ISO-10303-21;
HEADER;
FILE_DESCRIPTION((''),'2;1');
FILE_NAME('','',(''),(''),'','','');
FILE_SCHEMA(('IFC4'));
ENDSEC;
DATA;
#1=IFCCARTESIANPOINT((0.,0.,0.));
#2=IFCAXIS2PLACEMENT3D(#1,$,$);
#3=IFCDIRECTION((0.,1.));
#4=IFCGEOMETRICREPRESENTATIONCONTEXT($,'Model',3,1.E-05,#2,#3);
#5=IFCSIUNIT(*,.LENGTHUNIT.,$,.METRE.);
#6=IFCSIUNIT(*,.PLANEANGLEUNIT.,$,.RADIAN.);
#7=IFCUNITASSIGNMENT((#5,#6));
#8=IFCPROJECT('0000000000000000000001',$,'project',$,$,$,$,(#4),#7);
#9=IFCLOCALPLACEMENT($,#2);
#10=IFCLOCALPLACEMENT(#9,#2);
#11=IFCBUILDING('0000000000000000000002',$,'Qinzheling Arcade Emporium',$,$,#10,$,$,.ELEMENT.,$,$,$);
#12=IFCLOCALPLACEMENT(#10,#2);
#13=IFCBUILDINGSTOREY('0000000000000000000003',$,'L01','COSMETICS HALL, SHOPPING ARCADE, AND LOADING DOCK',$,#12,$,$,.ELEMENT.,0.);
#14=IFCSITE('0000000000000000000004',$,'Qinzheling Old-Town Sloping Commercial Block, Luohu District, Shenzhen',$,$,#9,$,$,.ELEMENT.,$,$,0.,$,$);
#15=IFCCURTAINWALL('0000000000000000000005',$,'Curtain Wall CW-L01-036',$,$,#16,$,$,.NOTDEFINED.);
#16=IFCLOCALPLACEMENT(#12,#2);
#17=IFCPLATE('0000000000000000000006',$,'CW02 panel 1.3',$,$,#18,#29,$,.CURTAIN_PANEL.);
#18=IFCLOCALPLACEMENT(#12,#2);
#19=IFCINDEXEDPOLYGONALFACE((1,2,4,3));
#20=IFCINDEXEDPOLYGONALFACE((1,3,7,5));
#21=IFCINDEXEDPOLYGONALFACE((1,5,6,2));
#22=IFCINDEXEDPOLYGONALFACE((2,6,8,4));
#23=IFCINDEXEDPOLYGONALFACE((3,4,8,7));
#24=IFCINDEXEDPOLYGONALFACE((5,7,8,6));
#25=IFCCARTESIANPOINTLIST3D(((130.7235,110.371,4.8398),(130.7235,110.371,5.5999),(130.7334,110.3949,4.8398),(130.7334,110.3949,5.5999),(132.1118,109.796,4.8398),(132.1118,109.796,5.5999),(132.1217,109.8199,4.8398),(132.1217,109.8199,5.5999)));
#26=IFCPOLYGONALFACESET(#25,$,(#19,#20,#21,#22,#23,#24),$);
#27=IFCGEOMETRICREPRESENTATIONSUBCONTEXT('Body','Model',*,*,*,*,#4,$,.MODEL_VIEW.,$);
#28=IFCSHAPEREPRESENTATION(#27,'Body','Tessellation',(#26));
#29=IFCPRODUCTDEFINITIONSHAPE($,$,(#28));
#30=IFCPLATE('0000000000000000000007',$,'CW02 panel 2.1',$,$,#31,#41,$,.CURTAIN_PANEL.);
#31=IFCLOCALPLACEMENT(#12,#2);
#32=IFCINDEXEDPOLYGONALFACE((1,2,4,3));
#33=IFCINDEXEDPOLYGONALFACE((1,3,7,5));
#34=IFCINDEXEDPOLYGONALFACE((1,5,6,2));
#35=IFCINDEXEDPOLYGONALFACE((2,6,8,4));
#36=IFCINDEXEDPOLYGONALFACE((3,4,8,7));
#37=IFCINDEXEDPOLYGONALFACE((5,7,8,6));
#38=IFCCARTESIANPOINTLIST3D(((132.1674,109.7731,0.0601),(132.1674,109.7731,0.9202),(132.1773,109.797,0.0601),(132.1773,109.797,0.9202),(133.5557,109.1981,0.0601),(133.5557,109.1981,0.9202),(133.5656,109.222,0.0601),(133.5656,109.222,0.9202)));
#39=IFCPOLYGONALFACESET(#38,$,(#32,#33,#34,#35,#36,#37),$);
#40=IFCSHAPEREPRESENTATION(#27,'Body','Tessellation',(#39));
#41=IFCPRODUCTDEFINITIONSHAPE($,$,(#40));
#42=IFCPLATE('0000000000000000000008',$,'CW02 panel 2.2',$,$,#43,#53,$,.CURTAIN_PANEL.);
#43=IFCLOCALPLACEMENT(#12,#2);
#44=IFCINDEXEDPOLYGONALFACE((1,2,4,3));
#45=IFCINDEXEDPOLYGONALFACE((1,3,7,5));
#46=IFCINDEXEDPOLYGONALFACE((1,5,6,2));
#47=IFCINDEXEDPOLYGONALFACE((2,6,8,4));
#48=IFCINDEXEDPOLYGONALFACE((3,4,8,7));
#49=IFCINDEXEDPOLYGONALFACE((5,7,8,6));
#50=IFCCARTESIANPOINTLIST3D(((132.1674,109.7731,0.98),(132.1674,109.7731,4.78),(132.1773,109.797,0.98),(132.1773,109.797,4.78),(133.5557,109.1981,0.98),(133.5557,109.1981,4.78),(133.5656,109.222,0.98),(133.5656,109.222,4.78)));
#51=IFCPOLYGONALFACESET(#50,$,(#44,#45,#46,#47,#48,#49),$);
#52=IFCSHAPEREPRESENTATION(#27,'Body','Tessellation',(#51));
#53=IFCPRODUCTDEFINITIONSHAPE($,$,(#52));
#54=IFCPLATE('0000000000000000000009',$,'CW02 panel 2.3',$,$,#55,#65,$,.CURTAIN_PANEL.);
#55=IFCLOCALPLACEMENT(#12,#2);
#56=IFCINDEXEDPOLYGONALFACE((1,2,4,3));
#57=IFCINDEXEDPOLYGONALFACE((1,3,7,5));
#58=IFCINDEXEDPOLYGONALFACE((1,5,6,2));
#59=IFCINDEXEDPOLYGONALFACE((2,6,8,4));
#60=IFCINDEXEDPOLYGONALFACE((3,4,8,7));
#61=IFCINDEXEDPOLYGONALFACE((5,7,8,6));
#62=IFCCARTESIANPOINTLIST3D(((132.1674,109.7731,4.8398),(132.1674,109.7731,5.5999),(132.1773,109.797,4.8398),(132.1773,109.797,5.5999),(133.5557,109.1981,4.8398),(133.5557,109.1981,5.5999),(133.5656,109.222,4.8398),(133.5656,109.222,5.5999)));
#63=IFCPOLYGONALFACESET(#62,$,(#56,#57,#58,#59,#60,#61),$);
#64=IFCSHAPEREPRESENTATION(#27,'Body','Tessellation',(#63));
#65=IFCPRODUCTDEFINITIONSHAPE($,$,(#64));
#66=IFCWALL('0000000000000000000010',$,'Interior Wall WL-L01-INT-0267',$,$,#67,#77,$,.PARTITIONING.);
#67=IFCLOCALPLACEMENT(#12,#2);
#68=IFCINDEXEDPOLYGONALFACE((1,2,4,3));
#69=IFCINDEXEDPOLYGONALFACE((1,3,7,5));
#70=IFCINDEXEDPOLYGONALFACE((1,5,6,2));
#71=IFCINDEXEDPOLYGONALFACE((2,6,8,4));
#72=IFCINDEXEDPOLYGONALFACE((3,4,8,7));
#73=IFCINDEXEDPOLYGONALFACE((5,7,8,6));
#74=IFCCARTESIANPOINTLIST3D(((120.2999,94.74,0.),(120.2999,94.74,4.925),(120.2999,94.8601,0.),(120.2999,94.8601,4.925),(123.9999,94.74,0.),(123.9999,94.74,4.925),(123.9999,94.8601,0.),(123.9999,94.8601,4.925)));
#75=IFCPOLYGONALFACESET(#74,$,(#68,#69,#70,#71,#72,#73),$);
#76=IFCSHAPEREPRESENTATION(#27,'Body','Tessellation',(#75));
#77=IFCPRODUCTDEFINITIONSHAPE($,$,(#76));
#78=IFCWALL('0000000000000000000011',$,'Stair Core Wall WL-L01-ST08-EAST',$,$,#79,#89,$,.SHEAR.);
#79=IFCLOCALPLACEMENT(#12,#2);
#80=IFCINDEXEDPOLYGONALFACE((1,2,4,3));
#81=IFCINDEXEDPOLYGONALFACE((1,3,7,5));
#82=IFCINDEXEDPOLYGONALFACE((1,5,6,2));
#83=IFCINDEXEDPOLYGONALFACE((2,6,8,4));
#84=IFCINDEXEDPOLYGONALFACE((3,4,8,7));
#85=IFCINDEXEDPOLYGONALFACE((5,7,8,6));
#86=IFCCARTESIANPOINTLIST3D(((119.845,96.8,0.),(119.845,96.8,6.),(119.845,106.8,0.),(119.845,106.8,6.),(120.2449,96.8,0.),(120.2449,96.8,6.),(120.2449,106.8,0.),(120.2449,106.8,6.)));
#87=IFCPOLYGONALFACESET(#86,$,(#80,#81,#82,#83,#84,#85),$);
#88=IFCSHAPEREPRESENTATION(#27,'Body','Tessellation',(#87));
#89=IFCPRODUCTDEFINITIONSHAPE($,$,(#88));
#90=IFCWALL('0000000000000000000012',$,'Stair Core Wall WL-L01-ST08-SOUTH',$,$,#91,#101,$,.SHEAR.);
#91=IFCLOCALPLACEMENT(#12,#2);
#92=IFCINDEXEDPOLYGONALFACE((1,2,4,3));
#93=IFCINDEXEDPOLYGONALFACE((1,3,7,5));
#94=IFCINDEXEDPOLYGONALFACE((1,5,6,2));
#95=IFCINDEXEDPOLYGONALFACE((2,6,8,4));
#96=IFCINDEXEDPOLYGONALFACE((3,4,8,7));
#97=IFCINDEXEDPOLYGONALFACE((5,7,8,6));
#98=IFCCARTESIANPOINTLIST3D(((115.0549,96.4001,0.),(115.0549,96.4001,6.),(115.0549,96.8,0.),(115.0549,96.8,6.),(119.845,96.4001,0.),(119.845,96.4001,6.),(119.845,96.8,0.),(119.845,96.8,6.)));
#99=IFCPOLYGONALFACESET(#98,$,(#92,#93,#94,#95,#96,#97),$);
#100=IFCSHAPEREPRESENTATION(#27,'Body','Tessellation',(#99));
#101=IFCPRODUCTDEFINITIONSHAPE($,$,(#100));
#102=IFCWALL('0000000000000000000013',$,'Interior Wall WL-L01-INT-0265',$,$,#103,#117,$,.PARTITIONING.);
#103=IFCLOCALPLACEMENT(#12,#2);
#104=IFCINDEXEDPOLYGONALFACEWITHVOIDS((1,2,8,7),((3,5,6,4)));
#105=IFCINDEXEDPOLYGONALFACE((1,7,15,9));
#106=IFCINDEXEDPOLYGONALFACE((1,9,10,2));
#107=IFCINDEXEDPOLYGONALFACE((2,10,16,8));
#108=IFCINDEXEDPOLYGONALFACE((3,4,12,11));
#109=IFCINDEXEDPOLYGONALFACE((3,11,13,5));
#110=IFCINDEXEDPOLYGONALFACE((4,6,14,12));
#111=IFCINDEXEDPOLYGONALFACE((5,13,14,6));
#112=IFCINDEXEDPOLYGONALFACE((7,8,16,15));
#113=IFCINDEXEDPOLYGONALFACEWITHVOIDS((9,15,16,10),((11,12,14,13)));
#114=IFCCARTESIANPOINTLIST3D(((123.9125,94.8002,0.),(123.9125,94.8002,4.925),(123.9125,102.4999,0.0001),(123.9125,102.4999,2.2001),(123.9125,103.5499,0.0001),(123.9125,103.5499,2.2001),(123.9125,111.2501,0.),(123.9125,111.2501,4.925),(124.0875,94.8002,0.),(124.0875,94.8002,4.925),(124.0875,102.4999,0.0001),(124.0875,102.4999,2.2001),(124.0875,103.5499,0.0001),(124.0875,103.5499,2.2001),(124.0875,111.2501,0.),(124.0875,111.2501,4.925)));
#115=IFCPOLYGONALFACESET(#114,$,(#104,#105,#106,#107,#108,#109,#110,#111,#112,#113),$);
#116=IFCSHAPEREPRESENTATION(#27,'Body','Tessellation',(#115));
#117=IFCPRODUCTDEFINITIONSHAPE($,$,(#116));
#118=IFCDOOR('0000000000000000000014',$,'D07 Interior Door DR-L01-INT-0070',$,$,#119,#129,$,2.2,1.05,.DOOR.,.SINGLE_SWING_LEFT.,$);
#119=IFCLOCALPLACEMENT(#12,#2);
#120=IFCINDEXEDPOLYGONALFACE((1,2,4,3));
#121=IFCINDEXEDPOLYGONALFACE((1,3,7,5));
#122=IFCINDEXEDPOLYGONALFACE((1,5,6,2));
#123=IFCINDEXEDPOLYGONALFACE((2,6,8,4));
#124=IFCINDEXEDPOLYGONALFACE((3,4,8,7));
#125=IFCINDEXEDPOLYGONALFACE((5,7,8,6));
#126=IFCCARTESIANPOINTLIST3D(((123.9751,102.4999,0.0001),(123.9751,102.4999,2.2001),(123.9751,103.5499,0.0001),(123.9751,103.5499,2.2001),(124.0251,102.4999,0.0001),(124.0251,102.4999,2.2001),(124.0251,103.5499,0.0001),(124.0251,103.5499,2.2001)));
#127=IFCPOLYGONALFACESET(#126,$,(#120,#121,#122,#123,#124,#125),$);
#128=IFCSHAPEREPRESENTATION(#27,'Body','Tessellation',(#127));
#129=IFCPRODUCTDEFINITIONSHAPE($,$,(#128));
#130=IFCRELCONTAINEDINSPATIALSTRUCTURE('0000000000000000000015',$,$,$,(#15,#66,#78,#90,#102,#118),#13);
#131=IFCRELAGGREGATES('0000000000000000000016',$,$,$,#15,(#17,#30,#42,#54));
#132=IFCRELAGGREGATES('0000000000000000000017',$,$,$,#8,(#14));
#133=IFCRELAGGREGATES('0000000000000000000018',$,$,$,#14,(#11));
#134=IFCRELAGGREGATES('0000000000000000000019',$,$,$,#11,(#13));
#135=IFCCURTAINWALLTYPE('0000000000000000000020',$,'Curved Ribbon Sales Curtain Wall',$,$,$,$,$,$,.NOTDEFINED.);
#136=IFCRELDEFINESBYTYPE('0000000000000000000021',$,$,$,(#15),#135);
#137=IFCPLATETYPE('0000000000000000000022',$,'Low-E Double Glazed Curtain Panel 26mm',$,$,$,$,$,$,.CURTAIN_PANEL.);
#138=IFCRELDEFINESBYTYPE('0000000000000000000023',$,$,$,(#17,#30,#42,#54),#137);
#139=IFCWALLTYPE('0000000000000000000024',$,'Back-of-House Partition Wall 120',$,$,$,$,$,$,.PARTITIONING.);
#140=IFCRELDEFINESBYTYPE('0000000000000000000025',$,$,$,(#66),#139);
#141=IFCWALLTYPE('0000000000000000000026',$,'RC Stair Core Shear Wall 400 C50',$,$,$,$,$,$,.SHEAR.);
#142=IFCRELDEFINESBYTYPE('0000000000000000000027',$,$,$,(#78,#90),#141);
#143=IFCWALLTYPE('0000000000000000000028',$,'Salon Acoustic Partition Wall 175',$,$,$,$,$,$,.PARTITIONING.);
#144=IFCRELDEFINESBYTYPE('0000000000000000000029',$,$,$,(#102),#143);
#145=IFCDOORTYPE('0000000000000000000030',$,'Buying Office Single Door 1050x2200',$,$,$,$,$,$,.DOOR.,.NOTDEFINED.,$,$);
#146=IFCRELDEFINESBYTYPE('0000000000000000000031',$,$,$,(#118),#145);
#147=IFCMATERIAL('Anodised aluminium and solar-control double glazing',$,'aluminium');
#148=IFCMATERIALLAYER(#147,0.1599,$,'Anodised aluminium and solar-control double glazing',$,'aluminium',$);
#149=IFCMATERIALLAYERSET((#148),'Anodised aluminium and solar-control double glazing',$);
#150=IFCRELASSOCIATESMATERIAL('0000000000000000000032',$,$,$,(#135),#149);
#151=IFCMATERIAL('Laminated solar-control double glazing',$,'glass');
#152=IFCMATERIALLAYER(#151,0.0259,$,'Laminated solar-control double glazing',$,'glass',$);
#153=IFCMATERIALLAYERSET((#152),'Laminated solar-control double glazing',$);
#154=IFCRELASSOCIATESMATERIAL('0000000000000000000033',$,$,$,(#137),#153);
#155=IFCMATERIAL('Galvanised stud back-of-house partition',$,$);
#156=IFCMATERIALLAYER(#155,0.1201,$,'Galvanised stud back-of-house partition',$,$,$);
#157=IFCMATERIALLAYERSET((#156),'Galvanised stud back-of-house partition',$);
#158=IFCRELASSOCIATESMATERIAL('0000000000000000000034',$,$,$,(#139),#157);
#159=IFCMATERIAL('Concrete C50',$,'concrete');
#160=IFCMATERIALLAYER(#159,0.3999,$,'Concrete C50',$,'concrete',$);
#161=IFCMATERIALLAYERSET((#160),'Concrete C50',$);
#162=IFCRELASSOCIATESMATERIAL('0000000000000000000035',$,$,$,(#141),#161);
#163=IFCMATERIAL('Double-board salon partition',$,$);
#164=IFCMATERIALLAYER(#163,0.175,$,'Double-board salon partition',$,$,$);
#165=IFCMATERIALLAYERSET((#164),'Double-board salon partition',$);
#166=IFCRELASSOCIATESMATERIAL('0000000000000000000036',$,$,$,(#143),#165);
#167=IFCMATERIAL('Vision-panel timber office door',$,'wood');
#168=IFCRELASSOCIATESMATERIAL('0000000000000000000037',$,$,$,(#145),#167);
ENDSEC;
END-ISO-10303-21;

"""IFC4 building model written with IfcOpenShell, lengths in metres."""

from ifc_helpers import new_model, si_unit, direction, frame, frame_2d, origin, origin_2d, place, context, subcontext, project, spatial, rectangle, extrude, material, layer, layer_set, type_object, element, fill, aggregate, save


model = new_model("IFC4")

# Units and contexts
model_context = context("Model", 3, precision=1e-05, world=origin(), true_north=direction((0.0, 1.0)))
body_context = subcontext(model_context, "Body", "Model", "MODEL_VIEW")
ifc_project = project(units=[si_unit("LENGTHUNIT", "METRE"), si_unit("PLANEANGLEUNIT", "RADIAN")], contexts=[model_context])

# Site, building, storey
site_placement = place(None, origin())
site = spatial("IfcSite", under=ifc_project, at=site_placement, Name="Qinzheling Old-Town Sloping Commercial Block, Luohu District, Shenzhen", CompositionType="ELEMENT", RefElevation=0.0)
building_placement = place(site_placement, origin())
building = spatial("IfcBuilding", under=site, at=building_placement, Name="Qinzheling Arcade Emporium", CompositionType="ELEMENT")
storey_placement = place(building_placement, origin())
storey = spatial("IfcBuildingStorey", under=building, at=storey_placement, Name="L01", Description="COSMETICS HALL, SHOPPING ARCADE, AND LOADING DOCK", CompositionType="ELEMENT", Elevation=0.0)

# Shared definitions
ifc_material_1 = material(Name="Concrete C50", Category="concrete")

# Curtain wall
ifc_material_2 = material(Name="Anodised aluminium and solar-control double glazing", Category="aluminium")
ifc_layer_1 = layer(ifc_material_2, 0.1599, Name="Anodised aluminium and solar-control double glazing", Category="aluminium")
ifc_layer_set_1 = layer_set([ifc_layer_1], Name="Anodised aluminium and solar-control double glazing")
curtain_wall_type = type_object("IfcCurtainWallType", Name="Curved Ribbon Sales Curtain Wall", PredefinedType="NOTDEFINED", material=ifc_layer_set_1)
curtain_wall_placement = place(storey_placement, origin())
curtain_wall = element("IfcCurtainWall", 1, at=curtain_wall_placement, inside=storey, type_object=curtain_wall_type, Name="Curtain Wall CW-L01-036", PredefinedType="NOTDEFINED")

# Plates
ifc_material_3 = material(Name="Laminated solar-control double glazing", Category="glass")
ifc_layer_2 = layer(ifc_material_3, 0.0259, Name="Laminated solar-control double glazing", Category="glass")
ifc_layer_set_2 = layer_set([ifc_layer_2], Name="Laminated solar-control double glazing")
plate_type = type_object("IfcPlateType", Name="Low-E Double Glazed Curtain Panel 26mm", PredefinedType="CURTAIN_PANEL", material=ifc_layer_set_2)
plate_1_placement = place(storey_placement, frame((131.4226, 110.0955, 4.8398), z_axis=(0.0, 0.0, 1.0), x_axis=(0.923883, -0.382675, 0.0)))
plate_1 = element("IfcPlate", 2, at=plate_1_placement, type_object=plate_type, Name="CW02 panel 1.3", PredefinedType="CURTAIN_PANEL", context=body_context, shape_type="SweptSolid", body=[
    extrude(rectangle(XDim=1.5027, YDim=0.0259, at=origin_2d()), origin(), (0.0, 0.0, 1.0), 0.76),
])
plate_2_placement = place(storey_placement, frame((132.8665, 109.4976, 0.0601), z_axis=(0.0, 0.0, 1.0), x_axis=(0.923883, -0.382675, 0.0)))
plate_2 = element("IfcPlate", 3, at=plate_2_placement, type_object=plate_type, Name="CW02 panel 2.1", PredefinedType="CURTAIN_PANEL", context=body_context, shape_type="SweptSolid", body=[
    extrude(rectangle(XDim=1.5027, YDim=0.0259, at=origin_2d()), origin(), (0.0, 0.0, 1.0), 0.8601),
])
plate_3_placement = place(storey_placement, frame((132.8665, 109.4976, 0.98), z_axis=(0.0, 0.0, 1.0), x_axis=(0.923883, -0.382675, 0.0)))
plate_3 = element("IfcPlate", 4, at=plate_3_placement, type_object=plate_type, Name="CW02 panel 2.2", PredefinedType="CURTAIN_PANEL", context=body_context, shape_type="SweptSolid", body=[
    extrude(rectangle(XDim=1.5027, YDim=0.0259, at=origin_2d()), origin(), (0.0, 0.0, 1.0), 3.8),
])
plate_4_placement = place(storey_placement, frame((132.8665, 109.4976, 4.8398), z_axis=(0.0, 0.0, 1.0), x_axis=(0.923883, -0.382675, 0.0)))
plate_4 = element("IfcPlate", 5, at=plate_4_placement, type_object=plate_type, Name="CW02 panel 2.3", PredefinedType="CURTAIN_PANEL", context=body_context, shape_type="SweptSolid", body=[
    extrude(rectangle(XDim=1.5027, YDim=0.0259, at=origin_2d()), origin(), (0.0, 0.0, 1.0), 0.76),
])
aggregate(curtain_wall, [plate_1, plate_2, plate_3, plate_4])

# Walls
ifc_material_4 = material(Name="Galvanised stud back-of-house partition")
ifc_layer_3 = layer(ifc_material_4, 0.1201, Name="Galvanised stud back-of-house partition")
ifc_layer_set_3 = layer_set([ifc_layer_3], Name="Galvanised stud back-of-house partition")
wall_type_1 = type_object("IfcWallType", Name="Back-of-House Partition Wall 120", PredefinedType="PARTITIONING", material=ifc_layer_set_3)
wall_1_placement = place(storey_placement, frame((124.0, 94.8, 0.0), z_axis=(0.0, 0.0, 1.0), x_axis=(-1.0, 0.0, 0.0)))
element("IfcWall", 6, at=wall_1_placement, inside=storey, type_object=wall_type_1, Name="Interior Wall WL-L01-INT-0267", PredefinedType="PARTITIONING", context=body_context, shape_type="SweptSolid", body=[
    extrude(rectangle(XDim=3.7, YDim=0.1201, at=frame_2d((1.8501, 0.0))), origin(), (0.0, 0.0, 1.0), 4.925),
])
ifc_layer_4 = layer(ifc_material_1, 0.3999, Name="Concrete C50", Category="concrete")
ifc_layer_set_4 = layer_set([ifc_layer_4], Name="Concrete C50")
wall_type_2 = type_object("IfcWallType", Name="RC Stair Core Shear Wall 400 C50", PredefinedType="SHEAR", material=ifc_layer_set_4)
wall_2_placement = place(storey_placement, frame((120.0449, 106.8, 0.0), z_axis=(0.0, 0.0, 1.0), x_axis=(0.0, -1.0, 0.0)))
element("IfcWall", 7, at=wall_2_placement, inside=storey, type_object=wall_type_2, Name="Stair Core Wall WL-L01-ST08-EAST", PredefinedType="SHEAR", context=body_context, shape_type="SweptSolid", body=[
    extrude(rectangle(XDim=10.0, YDim=0.3999, at=frame_2d((5.0, 0.0))), origin(), (0.0, 0.0, 1.0), 6.0),
])
wall_3_placement = place(storey_placement, frame((119.845, 96.6001, 0.0), z_axis=(0.0, 0.0, 1.0), x_axis=(-1.0, 0.0, 0.0)))
element("IfcWall", 8, at=wall_3_placement, inside=storey, type_object=wall_type_2, Name="Stair Core Wall WL-L01-ST08-SOUTH", PredefinedType="SHEAR", context=body_context, shape_type="SweptSolid", body=[
    extrude(rectangle(XDim=4.79, YDim=0.3999, at=frame_2d((2.395, 0.0))), origin(), (0.0, 0.0, 1.0), 6.0),
])

# Wall, opening, door
ifc_material_5 = material(Name="Double-board salon partition")
ifc_layer_5 = layer(ifc_material_5, 0.175, Name="Double-board salon partition")
ifc_layer_set_5 = layer_set([ifc_layer_5], Name="Double-board salon partition")
wall_type_3 = type_object("IfcWallType", Name="Salon Acoustic Partition Wall 175", PredefinedType="PARTITIONING", material=ifc_layer_set_5)
wall_4_placement = place(storey_placement, frame((124.0, 94.8, 0.0), z_axis=(0.0, 0.0, 1.0), x_axis=(0.0, 1.0, 0.0)))
wall_4 = element("IfcWall", 9, at=wall_4_placement, inside=storey, type_object=wall_type_3, Name="Interior Wall WL-L01-INT-0265", PredefinedType="PARTITIONING", context=body_context, shape_type="SweptSolid", body=[
    extrude(rectangle(XDim=16.45, YDim=0.175, at=frame_2d((8.2251, 0.0))), origin(), (0.0, 0.0, 1.0), 4.925),
])
opening_placement = place(wall_4_placement, frame((7.7, 0.0, 0.0)))
opening = element("IfcOpeningElement", 10, at=opening_placement, cuts=wall_4, PredefinedType="OPENING", context=body_context, shape_type="SweptSolid", body=[
    extrude(rectangle(XDim=1.05, YDim=2.2, at=frame_2d((0.5249, 1.1001))), frame((0.0, 0.0977, 0.0), z_axis=(0.0, -1.0, 0.0), x_axis=(1.0, 0.0, 0.0)), (0.0, 0.0, 1.0), 0.1951),
])
ifc_material_6 = material(Name="Vision-panel timber office door", Category="wood")
door_type = type_object("IfcDoorType", Name="Buying Office Single Door 1050x2200", OperationType="NOTDEFINED", PredefinedType="DOOR", material=ifc_material_6)
door_placement = place(opening_placement, origin())
door = element("IfcDoor", 11, at=door_placement, inside=storey, type_object=door_type, Name="D07 Interior Door DR-L01-INT-0070", OperationType="SINGLE_SWING_LEFT", OverallHeight=2.2, OverallWidth=1.05, PredefinedType="DOOR", context=body_context, shape_type="SweptSolid", body=[
    extrude(rectangle(XDim=1.05, YDim=2.2, at=frame_2d((0.5249, 1.1001))), frame((0.0, 0.0249, 0.0), z_axis=(0.0, -1.0, 0.0), x_axis=(1.0, 0.0, 0.0)), (0.0, 0.0, 1.0), 0.05),
])
fill(opening, door)

save(model, "model.ifc")
